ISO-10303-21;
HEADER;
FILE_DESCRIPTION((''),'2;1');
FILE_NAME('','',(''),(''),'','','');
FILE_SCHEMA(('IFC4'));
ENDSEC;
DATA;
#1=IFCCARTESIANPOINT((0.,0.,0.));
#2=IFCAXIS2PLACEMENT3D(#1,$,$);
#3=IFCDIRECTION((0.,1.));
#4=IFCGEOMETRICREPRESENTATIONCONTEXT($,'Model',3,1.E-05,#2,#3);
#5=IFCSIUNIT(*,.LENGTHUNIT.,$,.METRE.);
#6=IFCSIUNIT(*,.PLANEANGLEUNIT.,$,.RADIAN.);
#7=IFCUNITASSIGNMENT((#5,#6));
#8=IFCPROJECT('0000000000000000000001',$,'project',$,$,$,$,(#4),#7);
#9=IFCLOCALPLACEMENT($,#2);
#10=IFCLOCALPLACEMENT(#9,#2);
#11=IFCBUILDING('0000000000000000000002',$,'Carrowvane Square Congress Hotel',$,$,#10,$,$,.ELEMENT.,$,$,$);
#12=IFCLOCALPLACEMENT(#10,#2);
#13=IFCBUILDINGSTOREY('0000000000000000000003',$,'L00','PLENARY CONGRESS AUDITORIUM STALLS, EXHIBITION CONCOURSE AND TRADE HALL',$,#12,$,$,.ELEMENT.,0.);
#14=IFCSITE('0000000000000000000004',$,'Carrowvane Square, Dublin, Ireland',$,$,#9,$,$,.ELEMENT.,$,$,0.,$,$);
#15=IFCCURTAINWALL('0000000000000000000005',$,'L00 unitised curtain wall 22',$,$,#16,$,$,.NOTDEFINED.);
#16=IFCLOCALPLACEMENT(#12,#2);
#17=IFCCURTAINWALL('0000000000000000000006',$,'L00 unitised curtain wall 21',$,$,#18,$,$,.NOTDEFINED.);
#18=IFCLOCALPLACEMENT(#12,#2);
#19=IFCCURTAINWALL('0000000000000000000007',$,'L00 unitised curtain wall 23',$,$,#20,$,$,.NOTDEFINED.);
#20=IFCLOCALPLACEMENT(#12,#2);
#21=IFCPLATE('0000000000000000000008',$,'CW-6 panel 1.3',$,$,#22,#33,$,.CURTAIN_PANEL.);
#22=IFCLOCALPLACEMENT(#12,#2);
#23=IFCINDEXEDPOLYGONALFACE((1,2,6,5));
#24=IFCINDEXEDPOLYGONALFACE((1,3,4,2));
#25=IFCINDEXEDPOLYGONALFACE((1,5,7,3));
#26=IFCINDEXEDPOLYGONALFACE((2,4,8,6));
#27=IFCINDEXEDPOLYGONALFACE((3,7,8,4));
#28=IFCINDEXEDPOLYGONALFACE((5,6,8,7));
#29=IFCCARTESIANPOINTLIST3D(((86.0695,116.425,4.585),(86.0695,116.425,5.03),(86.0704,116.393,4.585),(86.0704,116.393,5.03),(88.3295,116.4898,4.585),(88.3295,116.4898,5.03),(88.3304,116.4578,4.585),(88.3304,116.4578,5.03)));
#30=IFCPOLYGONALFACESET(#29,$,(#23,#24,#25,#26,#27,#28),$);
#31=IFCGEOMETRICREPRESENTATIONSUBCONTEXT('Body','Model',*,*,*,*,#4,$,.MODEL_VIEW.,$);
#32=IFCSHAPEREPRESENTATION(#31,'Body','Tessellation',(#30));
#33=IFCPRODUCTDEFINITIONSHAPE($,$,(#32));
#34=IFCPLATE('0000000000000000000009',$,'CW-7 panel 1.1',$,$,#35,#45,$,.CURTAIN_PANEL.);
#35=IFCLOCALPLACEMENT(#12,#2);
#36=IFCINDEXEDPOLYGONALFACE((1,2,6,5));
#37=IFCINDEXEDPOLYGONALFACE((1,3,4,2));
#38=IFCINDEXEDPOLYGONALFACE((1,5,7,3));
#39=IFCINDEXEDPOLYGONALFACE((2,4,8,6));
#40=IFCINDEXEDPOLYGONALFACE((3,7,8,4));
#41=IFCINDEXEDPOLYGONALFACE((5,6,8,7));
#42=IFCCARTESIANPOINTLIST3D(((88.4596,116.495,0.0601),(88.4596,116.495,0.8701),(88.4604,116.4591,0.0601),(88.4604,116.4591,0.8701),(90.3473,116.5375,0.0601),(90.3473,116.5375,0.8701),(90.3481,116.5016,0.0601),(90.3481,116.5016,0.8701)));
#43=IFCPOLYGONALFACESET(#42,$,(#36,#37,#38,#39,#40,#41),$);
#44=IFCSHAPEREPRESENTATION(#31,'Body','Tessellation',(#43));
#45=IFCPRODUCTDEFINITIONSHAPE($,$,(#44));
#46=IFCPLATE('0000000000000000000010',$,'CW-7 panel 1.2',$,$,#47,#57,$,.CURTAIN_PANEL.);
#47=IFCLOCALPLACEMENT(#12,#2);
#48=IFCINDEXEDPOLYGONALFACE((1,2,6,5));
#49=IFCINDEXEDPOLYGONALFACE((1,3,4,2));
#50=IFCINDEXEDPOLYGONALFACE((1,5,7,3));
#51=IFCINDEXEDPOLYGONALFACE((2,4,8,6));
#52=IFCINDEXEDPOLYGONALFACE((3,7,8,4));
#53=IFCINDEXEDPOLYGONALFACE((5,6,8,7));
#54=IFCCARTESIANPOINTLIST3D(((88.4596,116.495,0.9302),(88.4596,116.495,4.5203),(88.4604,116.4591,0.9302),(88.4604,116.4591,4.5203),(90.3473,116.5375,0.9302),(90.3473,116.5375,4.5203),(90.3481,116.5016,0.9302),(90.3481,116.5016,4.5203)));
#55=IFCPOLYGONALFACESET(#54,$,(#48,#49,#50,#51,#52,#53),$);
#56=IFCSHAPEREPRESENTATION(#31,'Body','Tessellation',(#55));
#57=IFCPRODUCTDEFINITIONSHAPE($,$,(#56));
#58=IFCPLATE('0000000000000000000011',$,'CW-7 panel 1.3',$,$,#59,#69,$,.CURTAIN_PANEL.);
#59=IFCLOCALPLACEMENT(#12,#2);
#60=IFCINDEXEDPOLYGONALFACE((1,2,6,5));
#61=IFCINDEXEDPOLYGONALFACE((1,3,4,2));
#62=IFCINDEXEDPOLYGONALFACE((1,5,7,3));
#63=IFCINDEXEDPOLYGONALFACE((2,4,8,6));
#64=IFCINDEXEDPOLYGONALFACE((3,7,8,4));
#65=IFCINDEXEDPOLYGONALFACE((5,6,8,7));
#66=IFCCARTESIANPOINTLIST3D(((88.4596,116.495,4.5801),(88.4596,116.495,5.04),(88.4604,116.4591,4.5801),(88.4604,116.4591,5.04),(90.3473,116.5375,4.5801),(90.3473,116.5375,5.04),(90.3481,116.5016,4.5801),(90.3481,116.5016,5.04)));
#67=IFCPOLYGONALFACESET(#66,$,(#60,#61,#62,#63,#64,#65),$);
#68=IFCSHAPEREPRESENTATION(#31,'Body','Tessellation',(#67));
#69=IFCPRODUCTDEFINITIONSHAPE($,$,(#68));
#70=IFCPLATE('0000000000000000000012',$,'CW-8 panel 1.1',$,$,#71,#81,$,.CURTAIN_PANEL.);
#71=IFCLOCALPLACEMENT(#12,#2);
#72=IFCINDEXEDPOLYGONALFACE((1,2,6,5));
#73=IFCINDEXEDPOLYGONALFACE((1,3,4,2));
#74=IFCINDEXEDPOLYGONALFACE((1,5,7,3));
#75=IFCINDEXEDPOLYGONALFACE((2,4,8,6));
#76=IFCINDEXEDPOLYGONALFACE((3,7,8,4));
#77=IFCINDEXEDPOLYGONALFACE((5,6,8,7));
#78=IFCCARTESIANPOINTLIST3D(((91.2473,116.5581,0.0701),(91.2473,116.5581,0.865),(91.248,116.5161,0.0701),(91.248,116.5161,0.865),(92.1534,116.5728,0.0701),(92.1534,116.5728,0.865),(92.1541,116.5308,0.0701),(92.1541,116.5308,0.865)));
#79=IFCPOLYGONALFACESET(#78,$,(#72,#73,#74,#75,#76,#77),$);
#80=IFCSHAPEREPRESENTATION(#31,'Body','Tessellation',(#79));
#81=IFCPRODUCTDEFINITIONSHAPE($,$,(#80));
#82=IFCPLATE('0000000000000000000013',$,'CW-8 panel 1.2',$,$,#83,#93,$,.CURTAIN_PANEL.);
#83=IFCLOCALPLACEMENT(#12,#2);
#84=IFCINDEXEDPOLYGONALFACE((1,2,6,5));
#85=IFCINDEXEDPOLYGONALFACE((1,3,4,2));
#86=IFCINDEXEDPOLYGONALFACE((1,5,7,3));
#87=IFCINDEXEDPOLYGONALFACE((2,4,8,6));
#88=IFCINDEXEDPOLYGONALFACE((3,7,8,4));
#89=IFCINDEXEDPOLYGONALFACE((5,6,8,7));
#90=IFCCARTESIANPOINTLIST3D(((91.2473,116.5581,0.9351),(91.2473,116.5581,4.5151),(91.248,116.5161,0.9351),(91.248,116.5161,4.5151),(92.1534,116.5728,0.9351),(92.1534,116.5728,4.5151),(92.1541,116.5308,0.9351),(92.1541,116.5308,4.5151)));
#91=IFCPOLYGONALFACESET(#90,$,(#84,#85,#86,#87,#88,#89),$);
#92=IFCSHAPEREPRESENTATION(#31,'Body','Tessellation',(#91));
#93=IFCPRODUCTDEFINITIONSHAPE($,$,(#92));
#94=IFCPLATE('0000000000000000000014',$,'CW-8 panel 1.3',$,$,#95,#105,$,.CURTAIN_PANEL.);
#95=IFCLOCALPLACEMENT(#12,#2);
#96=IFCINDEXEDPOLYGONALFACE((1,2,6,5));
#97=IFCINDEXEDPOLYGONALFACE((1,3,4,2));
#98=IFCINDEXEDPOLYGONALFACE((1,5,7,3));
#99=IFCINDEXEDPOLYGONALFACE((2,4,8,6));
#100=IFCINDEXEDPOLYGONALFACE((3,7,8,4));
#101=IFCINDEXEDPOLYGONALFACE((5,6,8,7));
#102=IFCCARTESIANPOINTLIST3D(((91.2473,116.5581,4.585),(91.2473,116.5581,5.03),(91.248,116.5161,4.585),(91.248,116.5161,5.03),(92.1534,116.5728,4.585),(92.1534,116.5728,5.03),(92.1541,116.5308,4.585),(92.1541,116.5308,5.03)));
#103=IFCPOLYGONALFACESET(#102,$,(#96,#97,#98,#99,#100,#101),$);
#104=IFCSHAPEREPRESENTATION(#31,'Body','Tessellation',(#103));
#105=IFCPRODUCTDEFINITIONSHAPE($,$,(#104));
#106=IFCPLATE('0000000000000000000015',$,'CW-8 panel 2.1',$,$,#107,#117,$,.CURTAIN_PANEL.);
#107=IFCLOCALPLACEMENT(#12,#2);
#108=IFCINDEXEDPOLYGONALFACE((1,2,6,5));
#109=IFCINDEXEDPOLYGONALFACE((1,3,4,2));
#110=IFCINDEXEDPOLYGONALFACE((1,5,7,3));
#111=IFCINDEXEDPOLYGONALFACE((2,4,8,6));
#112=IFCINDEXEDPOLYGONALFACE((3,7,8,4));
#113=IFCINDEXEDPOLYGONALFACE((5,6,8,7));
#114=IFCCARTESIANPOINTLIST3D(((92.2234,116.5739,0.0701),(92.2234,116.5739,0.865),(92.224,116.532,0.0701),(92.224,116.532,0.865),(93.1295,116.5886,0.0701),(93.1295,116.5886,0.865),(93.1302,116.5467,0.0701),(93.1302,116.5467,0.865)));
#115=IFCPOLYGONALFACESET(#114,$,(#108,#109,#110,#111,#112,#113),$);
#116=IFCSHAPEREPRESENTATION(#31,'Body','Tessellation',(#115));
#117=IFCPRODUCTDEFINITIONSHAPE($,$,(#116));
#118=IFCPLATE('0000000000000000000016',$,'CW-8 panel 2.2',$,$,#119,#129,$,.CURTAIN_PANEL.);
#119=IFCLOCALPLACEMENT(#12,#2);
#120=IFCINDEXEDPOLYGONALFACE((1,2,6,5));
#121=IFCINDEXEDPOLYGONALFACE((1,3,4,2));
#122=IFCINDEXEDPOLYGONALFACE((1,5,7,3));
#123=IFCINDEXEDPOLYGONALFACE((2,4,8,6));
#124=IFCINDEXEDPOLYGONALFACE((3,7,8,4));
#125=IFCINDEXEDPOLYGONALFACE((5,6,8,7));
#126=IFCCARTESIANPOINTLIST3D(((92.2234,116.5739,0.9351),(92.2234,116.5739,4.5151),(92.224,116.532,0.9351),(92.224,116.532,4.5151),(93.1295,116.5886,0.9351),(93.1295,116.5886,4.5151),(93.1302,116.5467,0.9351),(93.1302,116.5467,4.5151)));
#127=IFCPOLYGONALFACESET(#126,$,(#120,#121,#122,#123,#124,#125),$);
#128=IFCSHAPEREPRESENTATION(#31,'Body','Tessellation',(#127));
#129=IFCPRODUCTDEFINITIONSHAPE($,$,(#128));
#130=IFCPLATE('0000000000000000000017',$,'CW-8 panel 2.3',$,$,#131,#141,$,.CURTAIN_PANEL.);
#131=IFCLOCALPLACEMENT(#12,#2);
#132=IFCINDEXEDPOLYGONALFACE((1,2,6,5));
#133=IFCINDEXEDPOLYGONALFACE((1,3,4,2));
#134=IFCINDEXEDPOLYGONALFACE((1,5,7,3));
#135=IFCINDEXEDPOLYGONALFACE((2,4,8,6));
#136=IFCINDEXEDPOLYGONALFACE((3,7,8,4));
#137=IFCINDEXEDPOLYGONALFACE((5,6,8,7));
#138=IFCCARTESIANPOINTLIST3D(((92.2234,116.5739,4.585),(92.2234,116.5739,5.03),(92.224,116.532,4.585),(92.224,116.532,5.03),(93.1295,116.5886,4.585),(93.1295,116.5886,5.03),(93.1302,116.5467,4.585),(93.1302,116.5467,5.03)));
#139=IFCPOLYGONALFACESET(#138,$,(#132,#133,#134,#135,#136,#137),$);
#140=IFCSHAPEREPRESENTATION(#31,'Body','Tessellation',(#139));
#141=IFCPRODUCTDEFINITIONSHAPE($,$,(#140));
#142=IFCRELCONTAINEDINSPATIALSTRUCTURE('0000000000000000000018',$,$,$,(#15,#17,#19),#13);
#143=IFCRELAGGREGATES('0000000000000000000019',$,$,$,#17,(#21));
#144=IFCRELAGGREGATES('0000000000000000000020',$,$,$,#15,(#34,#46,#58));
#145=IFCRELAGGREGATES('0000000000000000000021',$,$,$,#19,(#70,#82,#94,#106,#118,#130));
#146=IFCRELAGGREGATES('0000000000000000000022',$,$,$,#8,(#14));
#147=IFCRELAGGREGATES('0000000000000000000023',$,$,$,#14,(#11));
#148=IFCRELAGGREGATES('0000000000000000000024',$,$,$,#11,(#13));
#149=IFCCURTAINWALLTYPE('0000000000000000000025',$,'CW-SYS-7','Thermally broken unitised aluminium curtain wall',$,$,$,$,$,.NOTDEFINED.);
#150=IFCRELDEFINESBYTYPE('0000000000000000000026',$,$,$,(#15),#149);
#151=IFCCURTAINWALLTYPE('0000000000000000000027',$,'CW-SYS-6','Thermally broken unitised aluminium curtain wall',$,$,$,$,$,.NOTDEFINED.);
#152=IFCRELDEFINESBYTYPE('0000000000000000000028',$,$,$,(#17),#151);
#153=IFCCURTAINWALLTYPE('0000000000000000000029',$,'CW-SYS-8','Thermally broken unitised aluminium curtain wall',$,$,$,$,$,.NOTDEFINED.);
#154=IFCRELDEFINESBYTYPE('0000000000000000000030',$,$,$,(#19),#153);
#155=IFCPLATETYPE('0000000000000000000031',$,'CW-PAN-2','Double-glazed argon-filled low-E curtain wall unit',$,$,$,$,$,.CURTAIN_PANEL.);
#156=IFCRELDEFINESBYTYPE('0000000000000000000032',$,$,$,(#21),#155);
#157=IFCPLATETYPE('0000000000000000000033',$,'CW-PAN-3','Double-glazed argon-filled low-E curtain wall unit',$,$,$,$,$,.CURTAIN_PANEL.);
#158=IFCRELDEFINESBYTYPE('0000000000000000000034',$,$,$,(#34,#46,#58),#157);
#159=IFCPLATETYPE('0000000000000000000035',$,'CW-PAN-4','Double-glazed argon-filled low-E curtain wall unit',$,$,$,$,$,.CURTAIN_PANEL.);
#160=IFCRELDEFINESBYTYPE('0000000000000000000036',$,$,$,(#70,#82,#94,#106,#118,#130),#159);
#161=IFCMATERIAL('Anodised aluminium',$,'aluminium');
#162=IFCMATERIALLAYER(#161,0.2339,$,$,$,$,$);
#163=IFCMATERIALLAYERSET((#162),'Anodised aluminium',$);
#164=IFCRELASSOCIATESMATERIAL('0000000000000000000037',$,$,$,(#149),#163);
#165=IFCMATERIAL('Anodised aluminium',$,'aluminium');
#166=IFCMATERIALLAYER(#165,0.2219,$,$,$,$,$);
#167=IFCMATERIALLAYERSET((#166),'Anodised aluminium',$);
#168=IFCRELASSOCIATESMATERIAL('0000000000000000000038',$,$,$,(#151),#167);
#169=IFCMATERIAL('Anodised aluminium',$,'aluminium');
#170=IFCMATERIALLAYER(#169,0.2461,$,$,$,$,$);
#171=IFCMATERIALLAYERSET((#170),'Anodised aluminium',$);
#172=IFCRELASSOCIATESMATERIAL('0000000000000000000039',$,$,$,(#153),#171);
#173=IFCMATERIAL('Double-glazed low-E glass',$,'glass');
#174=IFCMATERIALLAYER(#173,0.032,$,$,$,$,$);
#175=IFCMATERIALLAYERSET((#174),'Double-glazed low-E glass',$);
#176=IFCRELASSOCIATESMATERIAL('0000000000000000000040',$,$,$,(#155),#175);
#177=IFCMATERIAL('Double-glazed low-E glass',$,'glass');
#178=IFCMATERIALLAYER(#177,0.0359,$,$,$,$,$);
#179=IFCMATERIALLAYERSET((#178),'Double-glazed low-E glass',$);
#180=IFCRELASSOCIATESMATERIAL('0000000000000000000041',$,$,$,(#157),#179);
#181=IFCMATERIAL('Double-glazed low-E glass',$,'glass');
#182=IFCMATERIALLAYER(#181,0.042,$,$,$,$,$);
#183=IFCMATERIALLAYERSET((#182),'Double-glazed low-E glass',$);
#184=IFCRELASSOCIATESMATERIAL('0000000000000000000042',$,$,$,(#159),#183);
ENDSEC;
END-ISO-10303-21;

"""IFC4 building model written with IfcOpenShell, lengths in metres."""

from ifc_helpers import new_model, si_unit, direction, frame, origin, origin_2d, place, context, subcontext, project, spatial, rectangle, extrude, material, layer, layer_set, type_object, element, aggregate, save


model = new_model("IFC4")

# Units and contexts
model_context = context("Model", 3, precision=1e-05, world=origin(), true_north=direction((0.0, 1.0)))
body_context = subcontext(model_context, "Body", "Model", "MODEL_VIEW")
ifc_project = project(units=[si_unit("LENGTHUNIT", "METRE"), si_unit("PLANEANGLEUNIT", "RADIAN")], contexts=[model_context])

# Site, building, storey
site_placement = place(None, origin())
site = spatial("IfcSite", under=ifc_project, at=site_placement, Name="Carrowvane Square, Dublin, Ireland", CompositionType="ELEMENT", RefElevation=0.0)
building_placement = place(site_placement, origin())
building = spatial("IfcBuilding", under=site, at=building_placement, Name="Carrowvane Square Congress Hotel", CompositionType="ELEMENT")
storey_placement = place(building_placement, origin())
storey = spatial("IfcBuildingStorey", under=building, at=storey_placement, Name="L00", Description="PLENARY CONGRESS AUDITORIUM STALLS, EXHIBITION CONCOURSE AND TRADE HALL", CompositionType="ELEMENT", Elevation=0.0)

# Curtain wall
ifc_material_1 = material(Name="Anodised aluminium", Category="aluminium")
ifc_layer_1 = layer(ifc_material_1, 0.2339)
ifc_layer_set_1 = layer_set([ifc_layer_1], Name="Anodised aluminium")
curtain_wall_type_1 = type_object("IfcCurtainWallType", Name="CW-SYS-7", Description="Thermally broken unitised aluminium curtain wall", PredefinedType="NOTDEFINED", material=ifc_layer_set_1)
curtain_wall_1_placement = place(storey_placement, origin())
curtain_wall_1 = element("IfcCurtainWall", 1, at=curtain_wall_1_placement, inside=storey, type_object=curtain_wall_type_1, Name="L00 unitised curtain wall 22", PredefinedType="NOTDEFINED")

# Curtain wall
ifc_material_2 = material(Name="Anodised aluminium", Category="aluminium")
ifc_layer_2 = layer(ifc_material_2, 0.2219)
ifc_layer_set_2 = layer_set([ifc_layer_2], Name="Anodised aluminium")
curtain_wall_type_2 = type_object("IfcCurtainWallType", Name="CW-SYS-6", Description="Thermally broken unitised aluminium curtain wall", PredefinedType="NOTDEFINED", material=ifc_layer_set_2)
curtain_wall_2_placement = place(storey_placement, origin())
curtain_wall_2 = element("IfcCurtainWall", 2, at=curtain_wall_2_placement, inside=storey, type_object=curtain_wall_type_2, Name="L00 unitised curtain wall 21", PredefinedType="NOTDEFINED")

# Curtain wall
ifc_material_3 = material(Name="Anodised aluminium", Category="aluminium")
ifc_layer_3 = layer(ifc_material_3, 0.2461)
ifc_layer_set_3 = layer_set([ifc_layer_3], Name="Anodised aluminium")
curtain_wall_type_3 = type_object("IfcCurtainWallType", Name="CW-SYS-8", Description="Thermally broken unitised aluminium curtain wall", PredefinedType="NOTDEFINED", material=ifc_layer_set_3)
curtain_wall_3_placement = place(storey_placement, origin())
curtain_wall_3 = element("IfcCurtainWall", 3, at=curtain_wall_3_placement, inside=storey, type_object=curtain_wall_type_3, Name="L00 unitised curtain wall 23", PredefinedType="NOTDEFINED")

# Plates
ifc_material_4 = material(Name="Double-glazed low-E glass", Category="glass")
ifc_layer_4 = layer(ifc_material_4, 0.032)
ifc_layer_set_4 = layer_set([ifc_layer_4], Name="Double-glazed low-E glass")
plate_type_1 = type_object("IfcPlateType", Name="CW-PAN-2", Description="Double-glazed argon-filled low-E curtain wall unit", PredefinedType="CURTAIN_PANEL", material=ifc_layer_set_4)
plate_1_placement = place(storey_placement, frame((87.2, 116.4414, 4.585), z_axis=(0.0, 0.0, 1.0), x_axis=(0.99959, 0.028638, 0.0)))
plate_1 = element("IfcPlate", 4, at=plate_1_placement, type_object=plate_type_1, Name="CW-6 panel 1.3", PredefinedType="CURTAIN_PANEL", context=body_context, shape_type="SweptSolid", body=[
    extrude(rectangle(XDim=2.261, YDim=0.032, at=origin_2d()), origin(), (0.0, 0.0, 1.0), 0.4451),
])
aggregate(curtain_wall_2, [plate_1])
ifc_material_5 = material(Name="Double-glazed low-E glass", Category="glass")
ifc_layer_5 = layer(ifc_material_5, 0.0359)
ifc_layer_set_5 = layer_set([ifc_layer_5], Name="Double-glazed low-E glass")
plate_type_2 = type_object("IfcPlateType", Name="CW-PAN-3", Description="Double-glazed argon-filled low-E curtain wall unit", PredefinedType="CURTAIN_PANEL", material=ifc_layer_set_5)
plate_2_placement = place(storey_placement, frame((89.4038, 116.4983, 0.0601), z_axis=(0.0, 0.0, 1.0), x_axis=(0.999746, 0.022518, 0.0)))
plate_2 = element("IfcPlate", 5, at=plate_2_placement, type_object=plate_type_2, Name="CW-7 panel 1.1", PredefinedType="CURTAIN_PANEL", context=body_context, shape_type="SweptSolid", body=[
    extrude(rectangle(XDim=1.8882, YDim=0.0359, at=origin_2d()), origin(), (0.0, 0.0, 1.0), 0.8101),
])
plate_3_placement = place(storey_placement, frame((89.4038, 116.4983, 0.9302), z_axis=(0.0, 0.0, 1.0), x_axis=(0.999746, 0.022518, 0.0)))
plate_3 = element("IfcPlate", 6, at=plate_3_placement, type_object=plate_type_2, Name="CW-7 panel 1.2", PredefinedType="CURTAIN_PANEL", context=body_context, shape_type="SweptSolid", body=[
    extrude(rectangle(XDim=1.8882, YDim=0.0359, at=origin_2d()), origin(), (0.0, 0.0, 1.0), 3.5901),
])
plate_4_placement = place(storey_placement, frame((89.4038, 116.4983, 4.5801), z_axis=(0.0, 0.0, 1.0), x_axis=(0.999746, 0.022518, 0.0)))
plate_4 = element("IfcPlate", 7, at=plate_4_placement, type_object=plate_type_2, Name="CW-7 panel 1.3", PredefinedType="CURTAIN_PANEL", context=body_context, shape_type="SweptSolid", body=[
    extrude(rectangle(XDim=1.8882, YDim=0.0359, at=origin_2d()), origin(), (0.0, 0.0, 1.0), 0.46),
])
aggregate(curtain_wall_1, [plate_2, plate_3, plate_4])
ifc_material_6 = material(Name="Double-glazed low-E glass", Category="glass")
ifc_layer_6 = layer(ifc_material_6, 0.042)
ifc_layer_set_6 = layer_set([ifc_layer_6], Name="Double-glazed low-E glass")
plate_type_3 = type_object("IfcPlateType", Name="CW-PAN-4", Description="Double-glazed argon-filled low-E curtain wall unit", PredefinedType="CURTAIN_PANEL", material=ifc_layer_set_6)
plate_5_placement = place(storey_placement, frame((91.7007, 116.5444, 0.0701), z_axis=(0.0, 0.0, 1.0), x_axis=(0.999869, 0.016216, 0.0)))
plate_5 = element("IfcPlate", 8, at=plate_5_placement, type_object=plate_type_3, Name="CW-8 panel 1.1", PredefinedType="CURTAIN_PANEL", context=body_context, shape_type="SweptSolid", body=[
    extrude(rectangle(XDim=0.9062, YDim=0.042, at=origin_2d()), origin(), (0.0, 0.0, 1.0), 0.7949),
])
plate_6_placement = place(storey_placement, frame((91.7007, 116.5444, 0.9351), z_axis=(0.0, 0.0, 1.0), x_axis=(0.999869, 0.016216, 0.0)))
plate_6 = element("IfcPlate", 9, at=plate_6_placement, type_object=plate_type_3, Name="CW-8 panel 1.2", PredefinedType="CURTAIN_PANEL", context=body_context, shape_type="SweptSolid", body=[
    extrude(rectangle(XDim=0.9062, YDim=0.042, at=origin_2d()), origin(), (0.0, 0.0, 1.0), 3.5801),
])
plate_7_placement = place(storey_placement, frame((91.7007, 116.5444, 4.585), z_axis=(0.0, 0.0, 1.0), x_axis=(0.999869, 0.016216, 0.0)))
plate_7 = element("IfcPlate", 10, at=plate_7_placement, type_object=plate_type_3, Name="CW-8 panel 1.3", PredefinedType="CURTAIN_PANEL", context=body_context, shape_type="SweptSolid", body=[
    extrude(rectangle(XDim=0.9062, YDim=0.042, at=origin_2d()), origin(), (0.0, 0.0, 1.0), 0.4451),
])
plate_8_placement = place(storey_placement, frame((92.6768, 116.5603, 0.0701), z_axis=(0.0, 0.0, 1.0), x_axis=(0.999869, 0.016216, 0.0)))
plate_8 = element("IfcPlate", 11, at=plate_8_placement, type_object=plate_type_3, Name="CW-8 panel 2.1", PredefinedType="CURTAIN_PANEL", context=body_context, shape_type="SweptSolid", body=[
    extrude(rectangle(XDim=0.9062, YDim=0.042, at=origin_2d()), origin(), (0.0, 0.0, 1.0), 0.7949),
])
plate_9_placement = place(storey_placement, frame((92.6768, 116.5603, 0.9351), z_axis=(0.0, 0.0, 1.0), x_axis=(0.999869, 0.016216, 0.0)))
plate_9 = element("IfcPlate", 12, at=plate_9_placement, type_object=plate_type_3, Name="CW-8 panel 2.2", PredefinedType="CURTAIN_PANEL", context=body_context, shape_type="SweptSolid", body=[
    extrude(rectangle(XDim=0.9062, YDim=0.042, at=origin_2d()), origin(), (0.0, 0.0, 1.0), 3.5801),
])
plate_10_placement = place(storey_placement, frame((92.6768, 116.5603, 4.585), z_axis=(0.0, 0.0, 1.0), x_axis=(0.999869, 0.016216, 0.0)))
plate_10 = element("IfcPlate", 13, at=plate_10_placement, type_object=plate_type_3, Name="CW-8 panel 2.3", PredefinedType="CURTAIN_PANEL", context=body_context, shape_type="SweptSolid", body=[
    extrude(rectangle(XDim=0.9062, YDim=0.042, at=origin_2d()), origin(), (0.0, 0.0, 1.0), 0.4451),
])
aggregate(curtain_wall_3, [plate_5, plate_6, plate_7, plate_8, plate_9, plate_10])

save(model, "model.ifc")
